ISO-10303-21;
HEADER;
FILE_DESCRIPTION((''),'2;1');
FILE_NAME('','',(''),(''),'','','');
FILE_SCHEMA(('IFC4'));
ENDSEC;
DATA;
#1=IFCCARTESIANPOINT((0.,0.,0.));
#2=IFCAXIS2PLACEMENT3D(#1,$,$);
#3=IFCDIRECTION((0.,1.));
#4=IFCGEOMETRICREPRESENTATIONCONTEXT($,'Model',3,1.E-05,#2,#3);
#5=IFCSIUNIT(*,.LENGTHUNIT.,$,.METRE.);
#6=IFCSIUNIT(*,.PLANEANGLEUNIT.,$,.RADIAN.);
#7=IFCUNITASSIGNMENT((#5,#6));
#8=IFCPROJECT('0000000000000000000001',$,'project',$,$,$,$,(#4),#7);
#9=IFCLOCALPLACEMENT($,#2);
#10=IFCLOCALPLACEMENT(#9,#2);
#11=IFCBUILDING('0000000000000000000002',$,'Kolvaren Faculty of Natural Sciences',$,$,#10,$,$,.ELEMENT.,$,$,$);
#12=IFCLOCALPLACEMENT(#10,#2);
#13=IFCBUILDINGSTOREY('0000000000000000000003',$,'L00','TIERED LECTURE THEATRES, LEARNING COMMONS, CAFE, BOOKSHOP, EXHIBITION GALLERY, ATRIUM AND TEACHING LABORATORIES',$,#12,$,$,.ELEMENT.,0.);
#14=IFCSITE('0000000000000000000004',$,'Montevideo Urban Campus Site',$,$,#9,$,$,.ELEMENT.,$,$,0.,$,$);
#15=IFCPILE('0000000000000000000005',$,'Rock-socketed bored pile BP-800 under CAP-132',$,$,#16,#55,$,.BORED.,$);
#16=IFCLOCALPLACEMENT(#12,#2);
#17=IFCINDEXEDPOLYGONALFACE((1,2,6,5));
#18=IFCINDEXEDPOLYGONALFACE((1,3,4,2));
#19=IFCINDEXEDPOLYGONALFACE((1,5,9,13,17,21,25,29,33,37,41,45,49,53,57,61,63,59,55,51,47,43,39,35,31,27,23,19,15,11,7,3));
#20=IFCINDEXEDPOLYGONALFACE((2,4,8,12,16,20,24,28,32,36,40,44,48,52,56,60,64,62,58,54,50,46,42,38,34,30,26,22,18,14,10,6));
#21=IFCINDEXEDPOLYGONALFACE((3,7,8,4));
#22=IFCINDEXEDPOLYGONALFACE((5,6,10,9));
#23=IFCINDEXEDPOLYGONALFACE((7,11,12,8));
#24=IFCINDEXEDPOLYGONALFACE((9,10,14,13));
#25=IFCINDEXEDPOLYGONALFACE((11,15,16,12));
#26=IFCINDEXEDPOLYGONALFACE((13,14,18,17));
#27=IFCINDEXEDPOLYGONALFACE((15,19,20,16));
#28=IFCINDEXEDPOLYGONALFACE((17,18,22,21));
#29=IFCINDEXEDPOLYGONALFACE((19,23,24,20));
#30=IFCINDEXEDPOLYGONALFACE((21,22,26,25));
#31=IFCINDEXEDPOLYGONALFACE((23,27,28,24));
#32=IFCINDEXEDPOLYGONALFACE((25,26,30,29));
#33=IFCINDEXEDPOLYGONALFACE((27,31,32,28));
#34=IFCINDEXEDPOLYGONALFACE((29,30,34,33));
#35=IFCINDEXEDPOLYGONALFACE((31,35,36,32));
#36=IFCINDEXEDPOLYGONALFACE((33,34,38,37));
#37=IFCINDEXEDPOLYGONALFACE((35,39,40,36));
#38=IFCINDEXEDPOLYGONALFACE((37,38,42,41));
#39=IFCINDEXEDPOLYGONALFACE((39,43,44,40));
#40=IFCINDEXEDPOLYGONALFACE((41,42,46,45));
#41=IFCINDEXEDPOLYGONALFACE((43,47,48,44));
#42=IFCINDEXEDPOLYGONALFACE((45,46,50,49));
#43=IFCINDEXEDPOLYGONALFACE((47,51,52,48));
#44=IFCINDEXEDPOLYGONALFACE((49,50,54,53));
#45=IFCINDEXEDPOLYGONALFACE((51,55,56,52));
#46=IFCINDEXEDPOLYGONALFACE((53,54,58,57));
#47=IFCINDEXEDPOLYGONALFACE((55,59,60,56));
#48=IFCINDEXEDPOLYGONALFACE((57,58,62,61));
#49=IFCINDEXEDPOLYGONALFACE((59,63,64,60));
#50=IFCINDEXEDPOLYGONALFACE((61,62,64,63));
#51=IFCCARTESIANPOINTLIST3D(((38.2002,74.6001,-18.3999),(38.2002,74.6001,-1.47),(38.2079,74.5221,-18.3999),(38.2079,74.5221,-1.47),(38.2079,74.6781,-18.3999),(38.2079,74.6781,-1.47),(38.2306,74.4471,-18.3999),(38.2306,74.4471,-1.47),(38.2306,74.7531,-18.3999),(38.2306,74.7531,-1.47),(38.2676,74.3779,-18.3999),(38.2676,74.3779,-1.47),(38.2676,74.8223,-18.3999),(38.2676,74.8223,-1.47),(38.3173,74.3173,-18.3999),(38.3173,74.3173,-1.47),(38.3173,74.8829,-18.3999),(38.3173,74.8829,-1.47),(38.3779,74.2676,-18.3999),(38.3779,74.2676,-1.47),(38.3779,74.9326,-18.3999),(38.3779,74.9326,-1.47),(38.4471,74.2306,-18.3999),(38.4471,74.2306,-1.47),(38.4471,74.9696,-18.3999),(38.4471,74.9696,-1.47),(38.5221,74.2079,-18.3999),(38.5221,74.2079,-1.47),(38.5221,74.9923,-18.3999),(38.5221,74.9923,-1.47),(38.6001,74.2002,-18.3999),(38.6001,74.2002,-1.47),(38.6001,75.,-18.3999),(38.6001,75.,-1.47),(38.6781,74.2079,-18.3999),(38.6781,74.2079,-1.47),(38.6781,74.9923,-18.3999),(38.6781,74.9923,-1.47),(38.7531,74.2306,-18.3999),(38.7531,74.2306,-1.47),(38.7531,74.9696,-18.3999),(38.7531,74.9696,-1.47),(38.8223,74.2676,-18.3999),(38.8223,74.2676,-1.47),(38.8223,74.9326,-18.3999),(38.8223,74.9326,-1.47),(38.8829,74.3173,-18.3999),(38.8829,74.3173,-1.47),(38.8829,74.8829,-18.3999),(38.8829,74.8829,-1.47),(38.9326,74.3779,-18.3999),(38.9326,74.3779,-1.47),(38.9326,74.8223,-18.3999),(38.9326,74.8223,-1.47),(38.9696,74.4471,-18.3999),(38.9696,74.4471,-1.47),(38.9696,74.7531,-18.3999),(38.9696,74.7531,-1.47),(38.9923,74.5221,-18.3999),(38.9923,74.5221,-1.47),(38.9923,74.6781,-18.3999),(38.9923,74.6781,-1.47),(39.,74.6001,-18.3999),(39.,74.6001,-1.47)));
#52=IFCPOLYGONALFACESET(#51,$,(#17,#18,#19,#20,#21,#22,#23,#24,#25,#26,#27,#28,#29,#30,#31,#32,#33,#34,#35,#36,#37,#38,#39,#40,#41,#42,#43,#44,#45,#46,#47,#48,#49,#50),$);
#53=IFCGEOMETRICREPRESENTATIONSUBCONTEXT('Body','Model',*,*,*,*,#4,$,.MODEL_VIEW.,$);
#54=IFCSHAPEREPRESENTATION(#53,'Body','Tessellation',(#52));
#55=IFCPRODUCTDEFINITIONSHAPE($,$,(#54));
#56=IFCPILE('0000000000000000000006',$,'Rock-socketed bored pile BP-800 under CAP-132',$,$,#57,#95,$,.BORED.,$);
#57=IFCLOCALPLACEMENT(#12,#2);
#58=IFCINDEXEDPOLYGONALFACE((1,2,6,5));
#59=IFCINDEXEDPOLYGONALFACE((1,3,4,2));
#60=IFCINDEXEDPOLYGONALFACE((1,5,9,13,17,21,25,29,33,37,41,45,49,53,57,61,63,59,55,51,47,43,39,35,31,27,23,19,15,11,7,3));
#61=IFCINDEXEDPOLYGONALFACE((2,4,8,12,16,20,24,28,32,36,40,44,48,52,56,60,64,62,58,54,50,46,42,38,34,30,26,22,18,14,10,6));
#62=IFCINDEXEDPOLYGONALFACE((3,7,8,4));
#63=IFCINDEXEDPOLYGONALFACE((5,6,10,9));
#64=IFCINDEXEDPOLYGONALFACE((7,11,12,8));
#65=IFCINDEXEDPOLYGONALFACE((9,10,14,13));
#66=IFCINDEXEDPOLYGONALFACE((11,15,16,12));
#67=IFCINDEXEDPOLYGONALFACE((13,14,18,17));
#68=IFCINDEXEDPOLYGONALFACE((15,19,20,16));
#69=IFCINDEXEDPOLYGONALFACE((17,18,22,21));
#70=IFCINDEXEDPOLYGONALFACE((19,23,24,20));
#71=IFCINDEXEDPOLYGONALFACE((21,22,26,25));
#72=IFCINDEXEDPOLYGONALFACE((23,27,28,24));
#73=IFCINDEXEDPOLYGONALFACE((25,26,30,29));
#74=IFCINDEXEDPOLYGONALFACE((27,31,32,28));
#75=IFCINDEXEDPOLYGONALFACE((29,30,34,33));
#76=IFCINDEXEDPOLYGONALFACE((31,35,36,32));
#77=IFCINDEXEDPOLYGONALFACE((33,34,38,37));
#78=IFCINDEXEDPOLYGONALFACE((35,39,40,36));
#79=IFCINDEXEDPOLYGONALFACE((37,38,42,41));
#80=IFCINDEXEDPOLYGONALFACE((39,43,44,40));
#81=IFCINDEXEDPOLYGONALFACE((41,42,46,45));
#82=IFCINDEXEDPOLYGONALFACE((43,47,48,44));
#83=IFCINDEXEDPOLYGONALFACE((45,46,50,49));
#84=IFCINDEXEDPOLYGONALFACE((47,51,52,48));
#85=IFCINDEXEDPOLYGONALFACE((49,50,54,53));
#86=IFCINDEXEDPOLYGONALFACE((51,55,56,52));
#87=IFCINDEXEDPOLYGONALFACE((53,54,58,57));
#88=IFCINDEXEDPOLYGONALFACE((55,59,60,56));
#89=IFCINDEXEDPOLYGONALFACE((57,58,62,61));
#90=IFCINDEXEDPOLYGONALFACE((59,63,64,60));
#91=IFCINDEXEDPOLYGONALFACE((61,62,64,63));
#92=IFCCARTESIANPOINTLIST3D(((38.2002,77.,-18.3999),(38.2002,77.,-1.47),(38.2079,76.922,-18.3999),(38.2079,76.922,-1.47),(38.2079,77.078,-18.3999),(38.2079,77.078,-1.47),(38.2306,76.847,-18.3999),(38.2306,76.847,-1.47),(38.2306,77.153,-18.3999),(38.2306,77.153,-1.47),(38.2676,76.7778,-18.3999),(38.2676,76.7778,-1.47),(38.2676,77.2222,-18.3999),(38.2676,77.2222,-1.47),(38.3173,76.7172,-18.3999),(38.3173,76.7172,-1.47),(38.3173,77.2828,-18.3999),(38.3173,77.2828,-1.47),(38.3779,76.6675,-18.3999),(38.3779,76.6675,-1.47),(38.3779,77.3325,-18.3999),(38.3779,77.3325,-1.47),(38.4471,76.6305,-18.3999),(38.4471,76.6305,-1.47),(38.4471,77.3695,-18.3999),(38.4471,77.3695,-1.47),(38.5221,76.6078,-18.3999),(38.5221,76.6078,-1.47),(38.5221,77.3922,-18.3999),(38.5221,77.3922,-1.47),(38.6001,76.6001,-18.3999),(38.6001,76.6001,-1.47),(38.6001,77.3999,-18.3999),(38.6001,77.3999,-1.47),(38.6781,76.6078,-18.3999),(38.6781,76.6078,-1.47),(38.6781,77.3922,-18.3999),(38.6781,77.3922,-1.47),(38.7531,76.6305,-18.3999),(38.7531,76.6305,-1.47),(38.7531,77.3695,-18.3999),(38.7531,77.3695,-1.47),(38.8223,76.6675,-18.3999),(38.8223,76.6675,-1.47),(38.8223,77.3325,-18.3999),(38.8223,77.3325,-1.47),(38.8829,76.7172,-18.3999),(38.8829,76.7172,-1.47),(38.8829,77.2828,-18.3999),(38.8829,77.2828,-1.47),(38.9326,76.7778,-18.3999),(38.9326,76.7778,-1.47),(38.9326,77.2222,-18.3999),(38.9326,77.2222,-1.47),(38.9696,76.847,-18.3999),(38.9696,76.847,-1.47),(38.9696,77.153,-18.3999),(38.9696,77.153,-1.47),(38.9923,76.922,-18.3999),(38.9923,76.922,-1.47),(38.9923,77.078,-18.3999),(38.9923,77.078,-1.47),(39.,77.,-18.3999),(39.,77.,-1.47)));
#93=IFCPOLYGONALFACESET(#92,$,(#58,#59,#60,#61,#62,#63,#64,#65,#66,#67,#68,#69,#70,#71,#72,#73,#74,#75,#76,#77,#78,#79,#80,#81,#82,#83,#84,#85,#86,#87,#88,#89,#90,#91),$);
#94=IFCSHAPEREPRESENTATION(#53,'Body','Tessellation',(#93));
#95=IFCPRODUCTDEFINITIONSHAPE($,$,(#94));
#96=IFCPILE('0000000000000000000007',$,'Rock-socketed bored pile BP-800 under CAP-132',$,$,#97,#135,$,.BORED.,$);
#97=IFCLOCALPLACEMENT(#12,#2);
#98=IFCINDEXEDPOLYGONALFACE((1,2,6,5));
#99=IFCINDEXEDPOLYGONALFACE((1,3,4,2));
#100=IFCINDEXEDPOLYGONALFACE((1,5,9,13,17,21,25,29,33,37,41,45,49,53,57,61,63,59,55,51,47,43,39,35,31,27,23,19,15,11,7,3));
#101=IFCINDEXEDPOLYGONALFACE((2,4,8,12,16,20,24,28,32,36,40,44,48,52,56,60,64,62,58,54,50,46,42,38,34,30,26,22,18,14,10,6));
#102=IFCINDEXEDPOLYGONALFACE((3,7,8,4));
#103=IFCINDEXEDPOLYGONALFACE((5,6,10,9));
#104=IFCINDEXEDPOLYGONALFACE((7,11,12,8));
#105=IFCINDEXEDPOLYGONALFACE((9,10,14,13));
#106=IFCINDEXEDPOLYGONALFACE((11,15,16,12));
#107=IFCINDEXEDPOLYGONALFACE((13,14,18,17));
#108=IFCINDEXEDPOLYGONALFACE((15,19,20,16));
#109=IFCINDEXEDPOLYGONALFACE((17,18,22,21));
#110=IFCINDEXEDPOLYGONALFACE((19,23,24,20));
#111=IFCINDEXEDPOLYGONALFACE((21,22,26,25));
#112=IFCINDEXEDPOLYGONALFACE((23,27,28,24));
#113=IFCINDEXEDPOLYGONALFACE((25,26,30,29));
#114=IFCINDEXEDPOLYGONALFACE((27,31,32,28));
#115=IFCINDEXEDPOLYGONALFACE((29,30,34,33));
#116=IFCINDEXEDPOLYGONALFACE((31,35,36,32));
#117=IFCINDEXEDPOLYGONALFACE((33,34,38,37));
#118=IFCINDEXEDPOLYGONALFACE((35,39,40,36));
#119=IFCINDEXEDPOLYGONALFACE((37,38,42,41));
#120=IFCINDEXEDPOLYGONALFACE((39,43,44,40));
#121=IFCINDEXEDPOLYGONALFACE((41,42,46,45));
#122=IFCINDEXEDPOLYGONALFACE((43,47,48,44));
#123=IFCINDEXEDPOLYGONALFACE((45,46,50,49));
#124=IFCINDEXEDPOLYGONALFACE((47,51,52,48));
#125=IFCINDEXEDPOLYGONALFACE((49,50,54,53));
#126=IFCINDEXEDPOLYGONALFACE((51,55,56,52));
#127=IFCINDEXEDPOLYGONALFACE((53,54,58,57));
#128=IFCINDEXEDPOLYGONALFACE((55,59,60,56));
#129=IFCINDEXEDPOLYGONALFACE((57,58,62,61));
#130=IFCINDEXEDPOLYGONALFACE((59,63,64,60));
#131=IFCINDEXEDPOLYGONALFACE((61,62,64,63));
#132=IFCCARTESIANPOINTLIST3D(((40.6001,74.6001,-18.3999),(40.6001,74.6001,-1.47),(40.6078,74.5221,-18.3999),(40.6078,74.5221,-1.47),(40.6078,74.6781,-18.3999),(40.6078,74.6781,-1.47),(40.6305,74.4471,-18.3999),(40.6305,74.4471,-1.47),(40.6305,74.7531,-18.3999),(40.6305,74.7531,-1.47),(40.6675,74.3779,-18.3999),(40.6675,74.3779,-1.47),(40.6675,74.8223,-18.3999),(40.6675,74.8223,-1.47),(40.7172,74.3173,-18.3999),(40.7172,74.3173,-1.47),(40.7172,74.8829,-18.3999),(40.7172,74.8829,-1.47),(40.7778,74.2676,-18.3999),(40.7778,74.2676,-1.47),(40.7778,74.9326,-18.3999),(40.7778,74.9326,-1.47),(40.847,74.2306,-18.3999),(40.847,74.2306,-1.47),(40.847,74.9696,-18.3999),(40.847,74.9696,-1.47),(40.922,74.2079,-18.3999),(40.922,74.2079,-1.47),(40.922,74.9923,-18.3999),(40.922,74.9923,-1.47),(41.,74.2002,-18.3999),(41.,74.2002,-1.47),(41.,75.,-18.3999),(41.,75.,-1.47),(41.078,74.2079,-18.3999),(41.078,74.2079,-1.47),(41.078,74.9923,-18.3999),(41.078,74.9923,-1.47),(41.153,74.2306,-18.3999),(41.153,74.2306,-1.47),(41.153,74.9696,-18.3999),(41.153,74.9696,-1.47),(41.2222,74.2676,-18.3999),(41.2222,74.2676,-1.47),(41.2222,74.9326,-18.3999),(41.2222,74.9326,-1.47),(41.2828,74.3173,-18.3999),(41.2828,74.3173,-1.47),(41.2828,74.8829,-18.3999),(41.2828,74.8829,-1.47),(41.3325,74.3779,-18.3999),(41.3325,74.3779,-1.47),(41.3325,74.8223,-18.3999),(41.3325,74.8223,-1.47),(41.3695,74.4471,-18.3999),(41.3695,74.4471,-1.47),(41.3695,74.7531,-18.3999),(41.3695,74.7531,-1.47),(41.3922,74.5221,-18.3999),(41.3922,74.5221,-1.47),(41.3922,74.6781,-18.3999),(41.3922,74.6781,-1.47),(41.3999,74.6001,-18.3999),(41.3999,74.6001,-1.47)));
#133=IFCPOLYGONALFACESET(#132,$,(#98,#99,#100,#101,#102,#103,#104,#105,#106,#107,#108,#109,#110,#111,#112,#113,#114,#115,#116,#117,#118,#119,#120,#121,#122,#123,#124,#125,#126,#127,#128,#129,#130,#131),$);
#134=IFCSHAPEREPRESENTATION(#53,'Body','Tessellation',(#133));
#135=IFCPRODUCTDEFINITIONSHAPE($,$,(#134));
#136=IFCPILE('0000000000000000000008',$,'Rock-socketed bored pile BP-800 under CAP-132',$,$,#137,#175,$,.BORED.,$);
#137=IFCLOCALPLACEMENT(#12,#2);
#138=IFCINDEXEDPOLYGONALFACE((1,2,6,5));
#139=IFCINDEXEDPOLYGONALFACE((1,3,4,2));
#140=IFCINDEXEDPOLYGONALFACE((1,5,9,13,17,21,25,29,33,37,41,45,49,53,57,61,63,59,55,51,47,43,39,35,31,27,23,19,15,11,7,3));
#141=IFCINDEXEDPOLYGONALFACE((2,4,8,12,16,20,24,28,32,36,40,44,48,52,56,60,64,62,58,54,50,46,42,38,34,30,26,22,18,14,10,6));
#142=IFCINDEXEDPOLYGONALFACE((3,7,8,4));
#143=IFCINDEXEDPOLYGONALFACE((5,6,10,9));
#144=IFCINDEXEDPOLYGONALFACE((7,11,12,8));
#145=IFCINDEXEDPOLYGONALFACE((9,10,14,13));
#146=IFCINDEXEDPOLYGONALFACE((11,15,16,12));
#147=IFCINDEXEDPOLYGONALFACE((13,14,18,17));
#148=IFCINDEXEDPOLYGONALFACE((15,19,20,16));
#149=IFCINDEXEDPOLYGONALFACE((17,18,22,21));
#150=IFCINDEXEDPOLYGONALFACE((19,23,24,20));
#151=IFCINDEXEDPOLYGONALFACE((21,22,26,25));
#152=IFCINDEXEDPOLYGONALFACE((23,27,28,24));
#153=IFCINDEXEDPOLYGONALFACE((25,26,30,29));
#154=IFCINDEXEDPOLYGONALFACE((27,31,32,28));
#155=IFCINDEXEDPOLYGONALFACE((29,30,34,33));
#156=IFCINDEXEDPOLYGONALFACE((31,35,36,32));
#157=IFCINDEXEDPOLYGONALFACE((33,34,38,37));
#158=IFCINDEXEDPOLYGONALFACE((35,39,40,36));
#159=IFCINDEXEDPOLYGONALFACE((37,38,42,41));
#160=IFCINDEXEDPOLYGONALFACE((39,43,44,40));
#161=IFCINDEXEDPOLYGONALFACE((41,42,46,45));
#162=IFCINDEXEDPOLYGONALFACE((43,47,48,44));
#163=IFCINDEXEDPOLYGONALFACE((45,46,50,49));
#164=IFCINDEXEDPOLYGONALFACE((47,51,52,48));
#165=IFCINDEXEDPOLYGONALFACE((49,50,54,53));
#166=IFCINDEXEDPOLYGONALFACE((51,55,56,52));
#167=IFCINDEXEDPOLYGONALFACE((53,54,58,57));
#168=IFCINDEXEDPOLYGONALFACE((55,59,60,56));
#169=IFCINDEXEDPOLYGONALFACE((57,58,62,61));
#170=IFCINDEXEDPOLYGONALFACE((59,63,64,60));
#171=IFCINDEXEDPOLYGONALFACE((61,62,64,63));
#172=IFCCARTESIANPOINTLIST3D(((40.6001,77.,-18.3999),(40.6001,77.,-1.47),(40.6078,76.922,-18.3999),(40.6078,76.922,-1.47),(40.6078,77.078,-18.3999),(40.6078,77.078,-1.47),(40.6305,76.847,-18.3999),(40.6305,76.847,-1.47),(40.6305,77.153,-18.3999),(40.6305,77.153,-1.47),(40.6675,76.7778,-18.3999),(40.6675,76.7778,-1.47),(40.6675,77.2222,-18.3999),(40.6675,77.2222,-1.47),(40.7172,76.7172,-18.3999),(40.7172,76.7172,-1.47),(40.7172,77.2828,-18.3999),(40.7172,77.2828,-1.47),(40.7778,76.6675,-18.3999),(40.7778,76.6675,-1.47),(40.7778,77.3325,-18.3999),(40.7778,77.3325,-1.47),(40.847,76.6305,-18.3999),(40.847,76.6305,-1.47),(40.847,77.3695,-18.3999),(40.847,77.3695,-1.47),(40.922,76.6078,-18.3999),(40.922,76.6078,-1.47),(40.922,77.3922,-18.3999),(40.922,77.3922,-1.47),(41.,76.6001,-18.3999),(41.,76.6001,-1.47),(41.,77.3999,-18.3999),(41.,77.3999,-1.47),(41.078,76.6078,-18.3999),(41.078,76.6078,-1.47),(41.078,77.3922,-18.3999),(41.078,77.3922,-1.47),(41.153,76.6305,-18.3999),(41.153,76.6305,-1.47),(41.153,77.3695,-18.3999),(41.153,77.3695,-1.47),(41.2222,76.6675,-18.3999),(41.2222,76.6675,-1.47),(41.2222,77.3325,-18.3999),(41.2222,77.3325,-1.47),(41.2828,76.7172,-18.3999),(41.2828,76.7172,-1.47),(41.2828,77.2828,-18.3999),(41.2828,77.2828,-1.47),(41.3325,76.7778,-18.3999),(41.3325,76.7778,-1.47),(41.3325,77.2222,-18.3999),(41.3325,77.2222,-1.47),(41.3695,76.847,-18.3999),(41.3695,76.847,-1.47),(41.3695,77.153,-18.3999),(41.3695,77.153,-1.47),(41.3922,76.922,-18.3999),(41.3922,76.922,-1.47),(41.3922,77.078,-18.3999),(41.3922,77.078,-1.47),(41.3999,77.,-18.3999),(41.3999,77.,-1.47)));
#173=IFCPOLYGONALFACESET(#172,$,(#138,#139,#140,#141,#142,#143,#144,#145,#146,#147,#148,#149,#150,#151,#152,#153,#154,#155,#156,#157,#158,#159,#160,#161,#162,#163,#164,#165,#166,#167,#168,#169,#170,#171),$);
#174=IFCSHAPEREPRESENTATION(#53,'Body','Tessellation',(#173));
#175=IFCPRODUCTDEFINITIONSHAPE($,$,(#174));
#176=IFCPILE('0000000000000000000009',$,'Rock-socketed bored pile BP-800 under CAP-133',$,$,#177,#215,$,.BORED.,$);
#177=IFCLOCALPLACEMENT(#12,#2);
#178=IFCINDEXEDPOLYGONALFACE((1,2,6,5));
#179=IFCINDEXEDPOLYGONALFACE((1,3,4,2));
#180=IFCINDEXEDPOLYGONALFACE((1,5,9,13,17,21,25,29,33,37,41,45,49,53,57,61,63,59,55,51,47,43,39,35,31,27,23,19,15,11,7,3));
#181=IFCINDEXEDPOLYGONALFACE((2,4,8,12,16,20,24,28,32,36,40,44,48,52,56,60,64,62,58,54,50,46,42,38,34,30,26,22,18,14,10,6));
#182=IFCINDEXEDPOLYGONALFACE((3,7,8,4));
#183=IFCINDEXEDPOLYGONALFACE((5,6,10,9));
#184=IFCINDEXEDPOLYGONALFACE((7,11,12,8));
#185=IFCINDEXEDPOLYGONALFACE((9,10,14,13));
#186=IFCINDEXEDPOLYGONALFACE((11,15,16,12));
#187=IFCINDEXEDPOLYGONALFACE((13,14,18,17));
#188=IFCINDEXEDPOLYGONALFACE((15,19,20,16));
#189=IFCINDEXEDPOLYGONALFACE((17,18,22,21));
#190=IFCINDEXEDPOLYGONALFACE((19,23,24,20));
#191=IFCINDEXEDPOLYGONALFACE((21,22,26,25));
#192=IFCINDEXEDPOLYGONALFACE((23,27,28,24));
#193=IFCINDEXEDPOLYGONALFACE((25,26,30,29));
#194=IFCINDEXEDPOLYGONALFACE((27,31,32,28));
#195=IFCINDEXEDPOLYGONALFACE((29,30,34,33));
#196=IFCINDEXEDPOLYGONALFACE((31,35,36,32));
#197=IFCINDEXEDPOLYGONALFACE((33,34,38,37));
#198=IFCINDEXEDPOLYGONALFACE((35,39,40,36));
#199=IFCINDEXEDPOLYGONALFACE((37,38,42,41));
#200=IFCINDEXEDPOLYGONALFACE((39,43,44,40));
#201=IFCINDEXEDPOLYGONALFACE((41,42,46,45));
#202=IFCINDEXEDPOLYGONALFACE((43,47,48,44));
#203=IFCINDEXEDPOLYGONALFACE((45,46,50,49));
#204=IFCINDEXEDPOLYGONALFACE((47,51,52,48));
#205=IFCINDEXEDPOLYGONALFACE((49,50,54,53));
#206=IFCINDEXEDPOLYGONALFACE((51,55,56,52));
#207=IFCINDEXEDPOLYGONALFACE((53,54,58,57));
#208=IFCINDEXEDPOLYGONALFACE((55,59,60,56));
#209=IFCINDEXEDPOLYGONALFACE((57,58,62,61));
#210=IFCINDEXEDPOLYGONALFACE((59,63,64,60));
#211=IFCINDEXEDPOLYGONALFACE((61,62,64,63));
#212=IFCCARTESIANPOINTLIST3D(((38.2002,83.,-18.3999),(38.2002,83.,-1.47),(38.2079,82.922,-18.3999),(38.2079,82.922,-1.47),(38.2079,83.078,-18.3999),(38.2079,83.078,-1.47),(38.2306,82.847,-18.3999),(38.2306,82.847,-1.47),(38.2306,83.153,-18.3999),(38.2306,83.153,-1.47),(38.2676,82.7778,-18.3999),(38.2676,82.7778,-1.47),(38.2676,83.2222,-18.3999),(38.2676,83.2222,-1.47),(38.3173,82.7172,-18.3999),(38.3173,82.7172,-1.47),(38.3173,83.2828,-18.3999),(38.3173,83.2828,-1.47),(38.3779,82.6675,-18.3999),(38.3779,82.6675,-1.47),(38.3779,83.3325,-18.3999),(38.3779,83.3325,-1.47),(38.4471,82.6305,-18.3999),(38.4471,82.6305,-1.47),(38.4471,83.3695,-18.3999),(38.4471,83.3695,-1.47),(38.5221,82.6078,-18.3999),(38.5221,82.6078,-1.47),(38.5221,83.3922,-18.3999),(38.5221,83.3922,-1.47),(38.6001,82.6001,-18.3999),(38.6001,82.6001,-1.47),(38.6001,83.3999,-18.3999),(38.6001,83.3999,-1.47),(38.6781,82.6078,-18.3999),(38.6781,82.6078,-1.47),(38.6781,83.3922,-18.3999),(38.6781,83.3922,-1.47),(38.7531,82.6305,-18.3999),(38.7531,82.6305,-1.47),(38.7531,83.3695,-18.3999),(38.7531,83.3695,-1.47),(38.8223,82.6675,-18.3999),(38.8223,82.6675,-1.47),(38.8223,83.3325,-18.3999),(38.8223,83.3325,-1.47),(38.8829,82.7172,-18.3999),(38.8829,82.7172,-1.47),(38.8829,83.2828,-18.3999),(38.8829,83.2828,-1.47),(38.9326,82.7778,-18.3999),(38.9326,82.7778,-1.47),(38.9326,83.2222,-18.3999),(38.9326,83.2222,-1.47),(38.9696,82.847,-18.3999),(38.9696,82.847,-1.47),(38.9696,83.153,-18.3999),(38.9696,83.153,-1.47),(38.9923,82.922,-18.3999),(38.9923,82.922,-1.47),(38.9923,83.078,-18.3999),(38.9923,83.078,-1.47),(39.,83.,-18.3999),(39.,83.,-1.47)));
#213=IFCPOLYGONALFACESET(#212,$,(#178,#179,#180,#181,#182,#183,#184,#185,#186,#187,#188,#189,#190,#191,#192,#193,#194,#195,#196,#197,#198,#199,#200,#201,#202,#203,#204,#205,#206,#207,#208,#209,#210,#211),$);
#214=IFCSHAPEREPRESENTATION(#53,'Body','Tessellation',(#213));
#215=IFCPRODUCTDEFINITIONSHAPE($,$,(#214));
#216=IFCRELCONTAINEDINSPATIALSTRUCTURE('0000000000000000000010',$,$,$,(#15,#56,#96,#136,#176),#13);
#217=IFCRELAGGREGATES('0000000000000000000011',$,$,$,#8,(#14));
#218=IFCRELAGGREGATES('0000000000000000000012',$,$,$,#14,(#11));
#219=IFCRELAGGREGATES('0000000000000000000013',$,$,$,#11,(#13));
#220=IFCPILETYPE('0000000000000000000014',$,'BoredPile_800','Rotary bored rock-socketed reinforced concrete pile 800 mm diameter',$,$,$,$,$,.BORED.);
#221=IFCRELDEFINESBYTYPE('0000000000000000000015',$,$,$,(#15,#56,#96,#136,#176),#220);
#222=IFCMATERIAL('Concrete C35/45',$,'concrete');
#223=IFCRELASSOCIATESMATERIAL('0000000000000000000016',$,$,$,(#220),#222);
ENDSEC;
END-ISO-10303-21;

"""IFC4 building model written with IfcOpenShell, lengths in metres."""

from ifc_helpers import new_model, si_unit, direction, frame, origin, origin_2d, place, context, subcontext, project, spatial, circle, extrude, material, material_profile, profile_set, type_object, element, save


model = new_model("IFC4")

# Units and contexts
model_context = context("Model", 3, precision=1e-05, world=origin(), true_north=direction((0.0, 1.0)))
body_context = subcontext(model_context, "Body", "Model", "MODEL_VIEW")
ifc_project = project(units=[si_unit("LENGTHUNIT", "METRE"), si_unit("PLANEANGLEUNIT", "RADIAN")], contexts=[model_context])

# Site, building, storey
site_placement = place(None, origin())
site = spatial("IfcSite", under=ifc_project, at=site_placement, Name="Montevideo Urban Campus Site", CompositionType="ELEMENT", RefElevation=0.0)
building_placement = place(site_placement, origin())
building = spatial("IfcBuilding", under=site, at=building_placement, Name="Kolvaren Faculty of Natural Sciences", CompositionType="ELEMENT")
storey_placement = place(building_placement, origin())
storey = spatial("IfcBuildingStorey", under=building, at=storey_placement, Name="L00", Description="TIERED LECTURE THEATRES, LEARNING COMMONS, CAFE, BOOKSHOP, EXHIBITION GALLERY, ATRIUM AND TEACHING LABORATORIES", CompositionType="ELEMENT", Elevation=0.0)

# Piles
ifc_material_1 = material(Name="Concrete C35/45", Category="concrete")
ifc_material_profile_1 = material_profile(ifc_material_1, circle(Radius=0.3999, at=origin_2d()), Name="PILE D800")
ifc_profile_set_1 = profile_set([ifc_material_profile_1], Name="Concrete C35/45")
pile_type = type_object("IfcPileType", Name="BoredPile_800", Description="Rotary bored rock-socketed reinforced concrete pile 800 mm diameter", PredefinedType="BORED", material=ifc_profile_set_1)
for number, where, z_axis, x_axis, name in (
    (1, (38.6001, 74.6001, -1.47), (0.0, 0.0, -1.0), (1.0, 0.0, 0.0), "Rock-socketed bored pile BP-800 under CAP-132"),
    (2, (38.6001, 77.0, -1.47), (0.0, 0.0, -1.0), (1.0, 0.0, 0.0), "Rock-socketed bored pile BP-800 under CAP-132"),
    (3, (41.0, 74.6001, -1.47), (0.0, 0.0, -1.0), (1.0, 0.0, 0.0), "Rock-socketed bored pile BP-800 under CAP-132"),
    (4, (41.0, 77.0, -1.47), (0.0, 0.0, -1.0), (1.0, 0.0, 0.0), "Rock-socketed bored pile BP-800 under CAP-132"),
    (5, (38.6001, 83.0, -1.47), (0.0, 0.0, -1.0), (1.0, 0.0, 0.0), "Rock-socketed bored pile BP-800 under CAP-133"),
):
    element("IfcPile", number, at=place(storey_placement, frame(where, z_axis=z_axis, x_axis=x_axis)), inside=storey, type_object=pile_type, Name=name, PredefinedType="BORED", context=body_context, shape_type="SweptSolid", body=[
        extrude(circle(Radius=0.3999, at=origin_2d()), origin(), (0.0, 0.0, 1.0), 16.9299),
    ])

save(model, "model.ifc")
